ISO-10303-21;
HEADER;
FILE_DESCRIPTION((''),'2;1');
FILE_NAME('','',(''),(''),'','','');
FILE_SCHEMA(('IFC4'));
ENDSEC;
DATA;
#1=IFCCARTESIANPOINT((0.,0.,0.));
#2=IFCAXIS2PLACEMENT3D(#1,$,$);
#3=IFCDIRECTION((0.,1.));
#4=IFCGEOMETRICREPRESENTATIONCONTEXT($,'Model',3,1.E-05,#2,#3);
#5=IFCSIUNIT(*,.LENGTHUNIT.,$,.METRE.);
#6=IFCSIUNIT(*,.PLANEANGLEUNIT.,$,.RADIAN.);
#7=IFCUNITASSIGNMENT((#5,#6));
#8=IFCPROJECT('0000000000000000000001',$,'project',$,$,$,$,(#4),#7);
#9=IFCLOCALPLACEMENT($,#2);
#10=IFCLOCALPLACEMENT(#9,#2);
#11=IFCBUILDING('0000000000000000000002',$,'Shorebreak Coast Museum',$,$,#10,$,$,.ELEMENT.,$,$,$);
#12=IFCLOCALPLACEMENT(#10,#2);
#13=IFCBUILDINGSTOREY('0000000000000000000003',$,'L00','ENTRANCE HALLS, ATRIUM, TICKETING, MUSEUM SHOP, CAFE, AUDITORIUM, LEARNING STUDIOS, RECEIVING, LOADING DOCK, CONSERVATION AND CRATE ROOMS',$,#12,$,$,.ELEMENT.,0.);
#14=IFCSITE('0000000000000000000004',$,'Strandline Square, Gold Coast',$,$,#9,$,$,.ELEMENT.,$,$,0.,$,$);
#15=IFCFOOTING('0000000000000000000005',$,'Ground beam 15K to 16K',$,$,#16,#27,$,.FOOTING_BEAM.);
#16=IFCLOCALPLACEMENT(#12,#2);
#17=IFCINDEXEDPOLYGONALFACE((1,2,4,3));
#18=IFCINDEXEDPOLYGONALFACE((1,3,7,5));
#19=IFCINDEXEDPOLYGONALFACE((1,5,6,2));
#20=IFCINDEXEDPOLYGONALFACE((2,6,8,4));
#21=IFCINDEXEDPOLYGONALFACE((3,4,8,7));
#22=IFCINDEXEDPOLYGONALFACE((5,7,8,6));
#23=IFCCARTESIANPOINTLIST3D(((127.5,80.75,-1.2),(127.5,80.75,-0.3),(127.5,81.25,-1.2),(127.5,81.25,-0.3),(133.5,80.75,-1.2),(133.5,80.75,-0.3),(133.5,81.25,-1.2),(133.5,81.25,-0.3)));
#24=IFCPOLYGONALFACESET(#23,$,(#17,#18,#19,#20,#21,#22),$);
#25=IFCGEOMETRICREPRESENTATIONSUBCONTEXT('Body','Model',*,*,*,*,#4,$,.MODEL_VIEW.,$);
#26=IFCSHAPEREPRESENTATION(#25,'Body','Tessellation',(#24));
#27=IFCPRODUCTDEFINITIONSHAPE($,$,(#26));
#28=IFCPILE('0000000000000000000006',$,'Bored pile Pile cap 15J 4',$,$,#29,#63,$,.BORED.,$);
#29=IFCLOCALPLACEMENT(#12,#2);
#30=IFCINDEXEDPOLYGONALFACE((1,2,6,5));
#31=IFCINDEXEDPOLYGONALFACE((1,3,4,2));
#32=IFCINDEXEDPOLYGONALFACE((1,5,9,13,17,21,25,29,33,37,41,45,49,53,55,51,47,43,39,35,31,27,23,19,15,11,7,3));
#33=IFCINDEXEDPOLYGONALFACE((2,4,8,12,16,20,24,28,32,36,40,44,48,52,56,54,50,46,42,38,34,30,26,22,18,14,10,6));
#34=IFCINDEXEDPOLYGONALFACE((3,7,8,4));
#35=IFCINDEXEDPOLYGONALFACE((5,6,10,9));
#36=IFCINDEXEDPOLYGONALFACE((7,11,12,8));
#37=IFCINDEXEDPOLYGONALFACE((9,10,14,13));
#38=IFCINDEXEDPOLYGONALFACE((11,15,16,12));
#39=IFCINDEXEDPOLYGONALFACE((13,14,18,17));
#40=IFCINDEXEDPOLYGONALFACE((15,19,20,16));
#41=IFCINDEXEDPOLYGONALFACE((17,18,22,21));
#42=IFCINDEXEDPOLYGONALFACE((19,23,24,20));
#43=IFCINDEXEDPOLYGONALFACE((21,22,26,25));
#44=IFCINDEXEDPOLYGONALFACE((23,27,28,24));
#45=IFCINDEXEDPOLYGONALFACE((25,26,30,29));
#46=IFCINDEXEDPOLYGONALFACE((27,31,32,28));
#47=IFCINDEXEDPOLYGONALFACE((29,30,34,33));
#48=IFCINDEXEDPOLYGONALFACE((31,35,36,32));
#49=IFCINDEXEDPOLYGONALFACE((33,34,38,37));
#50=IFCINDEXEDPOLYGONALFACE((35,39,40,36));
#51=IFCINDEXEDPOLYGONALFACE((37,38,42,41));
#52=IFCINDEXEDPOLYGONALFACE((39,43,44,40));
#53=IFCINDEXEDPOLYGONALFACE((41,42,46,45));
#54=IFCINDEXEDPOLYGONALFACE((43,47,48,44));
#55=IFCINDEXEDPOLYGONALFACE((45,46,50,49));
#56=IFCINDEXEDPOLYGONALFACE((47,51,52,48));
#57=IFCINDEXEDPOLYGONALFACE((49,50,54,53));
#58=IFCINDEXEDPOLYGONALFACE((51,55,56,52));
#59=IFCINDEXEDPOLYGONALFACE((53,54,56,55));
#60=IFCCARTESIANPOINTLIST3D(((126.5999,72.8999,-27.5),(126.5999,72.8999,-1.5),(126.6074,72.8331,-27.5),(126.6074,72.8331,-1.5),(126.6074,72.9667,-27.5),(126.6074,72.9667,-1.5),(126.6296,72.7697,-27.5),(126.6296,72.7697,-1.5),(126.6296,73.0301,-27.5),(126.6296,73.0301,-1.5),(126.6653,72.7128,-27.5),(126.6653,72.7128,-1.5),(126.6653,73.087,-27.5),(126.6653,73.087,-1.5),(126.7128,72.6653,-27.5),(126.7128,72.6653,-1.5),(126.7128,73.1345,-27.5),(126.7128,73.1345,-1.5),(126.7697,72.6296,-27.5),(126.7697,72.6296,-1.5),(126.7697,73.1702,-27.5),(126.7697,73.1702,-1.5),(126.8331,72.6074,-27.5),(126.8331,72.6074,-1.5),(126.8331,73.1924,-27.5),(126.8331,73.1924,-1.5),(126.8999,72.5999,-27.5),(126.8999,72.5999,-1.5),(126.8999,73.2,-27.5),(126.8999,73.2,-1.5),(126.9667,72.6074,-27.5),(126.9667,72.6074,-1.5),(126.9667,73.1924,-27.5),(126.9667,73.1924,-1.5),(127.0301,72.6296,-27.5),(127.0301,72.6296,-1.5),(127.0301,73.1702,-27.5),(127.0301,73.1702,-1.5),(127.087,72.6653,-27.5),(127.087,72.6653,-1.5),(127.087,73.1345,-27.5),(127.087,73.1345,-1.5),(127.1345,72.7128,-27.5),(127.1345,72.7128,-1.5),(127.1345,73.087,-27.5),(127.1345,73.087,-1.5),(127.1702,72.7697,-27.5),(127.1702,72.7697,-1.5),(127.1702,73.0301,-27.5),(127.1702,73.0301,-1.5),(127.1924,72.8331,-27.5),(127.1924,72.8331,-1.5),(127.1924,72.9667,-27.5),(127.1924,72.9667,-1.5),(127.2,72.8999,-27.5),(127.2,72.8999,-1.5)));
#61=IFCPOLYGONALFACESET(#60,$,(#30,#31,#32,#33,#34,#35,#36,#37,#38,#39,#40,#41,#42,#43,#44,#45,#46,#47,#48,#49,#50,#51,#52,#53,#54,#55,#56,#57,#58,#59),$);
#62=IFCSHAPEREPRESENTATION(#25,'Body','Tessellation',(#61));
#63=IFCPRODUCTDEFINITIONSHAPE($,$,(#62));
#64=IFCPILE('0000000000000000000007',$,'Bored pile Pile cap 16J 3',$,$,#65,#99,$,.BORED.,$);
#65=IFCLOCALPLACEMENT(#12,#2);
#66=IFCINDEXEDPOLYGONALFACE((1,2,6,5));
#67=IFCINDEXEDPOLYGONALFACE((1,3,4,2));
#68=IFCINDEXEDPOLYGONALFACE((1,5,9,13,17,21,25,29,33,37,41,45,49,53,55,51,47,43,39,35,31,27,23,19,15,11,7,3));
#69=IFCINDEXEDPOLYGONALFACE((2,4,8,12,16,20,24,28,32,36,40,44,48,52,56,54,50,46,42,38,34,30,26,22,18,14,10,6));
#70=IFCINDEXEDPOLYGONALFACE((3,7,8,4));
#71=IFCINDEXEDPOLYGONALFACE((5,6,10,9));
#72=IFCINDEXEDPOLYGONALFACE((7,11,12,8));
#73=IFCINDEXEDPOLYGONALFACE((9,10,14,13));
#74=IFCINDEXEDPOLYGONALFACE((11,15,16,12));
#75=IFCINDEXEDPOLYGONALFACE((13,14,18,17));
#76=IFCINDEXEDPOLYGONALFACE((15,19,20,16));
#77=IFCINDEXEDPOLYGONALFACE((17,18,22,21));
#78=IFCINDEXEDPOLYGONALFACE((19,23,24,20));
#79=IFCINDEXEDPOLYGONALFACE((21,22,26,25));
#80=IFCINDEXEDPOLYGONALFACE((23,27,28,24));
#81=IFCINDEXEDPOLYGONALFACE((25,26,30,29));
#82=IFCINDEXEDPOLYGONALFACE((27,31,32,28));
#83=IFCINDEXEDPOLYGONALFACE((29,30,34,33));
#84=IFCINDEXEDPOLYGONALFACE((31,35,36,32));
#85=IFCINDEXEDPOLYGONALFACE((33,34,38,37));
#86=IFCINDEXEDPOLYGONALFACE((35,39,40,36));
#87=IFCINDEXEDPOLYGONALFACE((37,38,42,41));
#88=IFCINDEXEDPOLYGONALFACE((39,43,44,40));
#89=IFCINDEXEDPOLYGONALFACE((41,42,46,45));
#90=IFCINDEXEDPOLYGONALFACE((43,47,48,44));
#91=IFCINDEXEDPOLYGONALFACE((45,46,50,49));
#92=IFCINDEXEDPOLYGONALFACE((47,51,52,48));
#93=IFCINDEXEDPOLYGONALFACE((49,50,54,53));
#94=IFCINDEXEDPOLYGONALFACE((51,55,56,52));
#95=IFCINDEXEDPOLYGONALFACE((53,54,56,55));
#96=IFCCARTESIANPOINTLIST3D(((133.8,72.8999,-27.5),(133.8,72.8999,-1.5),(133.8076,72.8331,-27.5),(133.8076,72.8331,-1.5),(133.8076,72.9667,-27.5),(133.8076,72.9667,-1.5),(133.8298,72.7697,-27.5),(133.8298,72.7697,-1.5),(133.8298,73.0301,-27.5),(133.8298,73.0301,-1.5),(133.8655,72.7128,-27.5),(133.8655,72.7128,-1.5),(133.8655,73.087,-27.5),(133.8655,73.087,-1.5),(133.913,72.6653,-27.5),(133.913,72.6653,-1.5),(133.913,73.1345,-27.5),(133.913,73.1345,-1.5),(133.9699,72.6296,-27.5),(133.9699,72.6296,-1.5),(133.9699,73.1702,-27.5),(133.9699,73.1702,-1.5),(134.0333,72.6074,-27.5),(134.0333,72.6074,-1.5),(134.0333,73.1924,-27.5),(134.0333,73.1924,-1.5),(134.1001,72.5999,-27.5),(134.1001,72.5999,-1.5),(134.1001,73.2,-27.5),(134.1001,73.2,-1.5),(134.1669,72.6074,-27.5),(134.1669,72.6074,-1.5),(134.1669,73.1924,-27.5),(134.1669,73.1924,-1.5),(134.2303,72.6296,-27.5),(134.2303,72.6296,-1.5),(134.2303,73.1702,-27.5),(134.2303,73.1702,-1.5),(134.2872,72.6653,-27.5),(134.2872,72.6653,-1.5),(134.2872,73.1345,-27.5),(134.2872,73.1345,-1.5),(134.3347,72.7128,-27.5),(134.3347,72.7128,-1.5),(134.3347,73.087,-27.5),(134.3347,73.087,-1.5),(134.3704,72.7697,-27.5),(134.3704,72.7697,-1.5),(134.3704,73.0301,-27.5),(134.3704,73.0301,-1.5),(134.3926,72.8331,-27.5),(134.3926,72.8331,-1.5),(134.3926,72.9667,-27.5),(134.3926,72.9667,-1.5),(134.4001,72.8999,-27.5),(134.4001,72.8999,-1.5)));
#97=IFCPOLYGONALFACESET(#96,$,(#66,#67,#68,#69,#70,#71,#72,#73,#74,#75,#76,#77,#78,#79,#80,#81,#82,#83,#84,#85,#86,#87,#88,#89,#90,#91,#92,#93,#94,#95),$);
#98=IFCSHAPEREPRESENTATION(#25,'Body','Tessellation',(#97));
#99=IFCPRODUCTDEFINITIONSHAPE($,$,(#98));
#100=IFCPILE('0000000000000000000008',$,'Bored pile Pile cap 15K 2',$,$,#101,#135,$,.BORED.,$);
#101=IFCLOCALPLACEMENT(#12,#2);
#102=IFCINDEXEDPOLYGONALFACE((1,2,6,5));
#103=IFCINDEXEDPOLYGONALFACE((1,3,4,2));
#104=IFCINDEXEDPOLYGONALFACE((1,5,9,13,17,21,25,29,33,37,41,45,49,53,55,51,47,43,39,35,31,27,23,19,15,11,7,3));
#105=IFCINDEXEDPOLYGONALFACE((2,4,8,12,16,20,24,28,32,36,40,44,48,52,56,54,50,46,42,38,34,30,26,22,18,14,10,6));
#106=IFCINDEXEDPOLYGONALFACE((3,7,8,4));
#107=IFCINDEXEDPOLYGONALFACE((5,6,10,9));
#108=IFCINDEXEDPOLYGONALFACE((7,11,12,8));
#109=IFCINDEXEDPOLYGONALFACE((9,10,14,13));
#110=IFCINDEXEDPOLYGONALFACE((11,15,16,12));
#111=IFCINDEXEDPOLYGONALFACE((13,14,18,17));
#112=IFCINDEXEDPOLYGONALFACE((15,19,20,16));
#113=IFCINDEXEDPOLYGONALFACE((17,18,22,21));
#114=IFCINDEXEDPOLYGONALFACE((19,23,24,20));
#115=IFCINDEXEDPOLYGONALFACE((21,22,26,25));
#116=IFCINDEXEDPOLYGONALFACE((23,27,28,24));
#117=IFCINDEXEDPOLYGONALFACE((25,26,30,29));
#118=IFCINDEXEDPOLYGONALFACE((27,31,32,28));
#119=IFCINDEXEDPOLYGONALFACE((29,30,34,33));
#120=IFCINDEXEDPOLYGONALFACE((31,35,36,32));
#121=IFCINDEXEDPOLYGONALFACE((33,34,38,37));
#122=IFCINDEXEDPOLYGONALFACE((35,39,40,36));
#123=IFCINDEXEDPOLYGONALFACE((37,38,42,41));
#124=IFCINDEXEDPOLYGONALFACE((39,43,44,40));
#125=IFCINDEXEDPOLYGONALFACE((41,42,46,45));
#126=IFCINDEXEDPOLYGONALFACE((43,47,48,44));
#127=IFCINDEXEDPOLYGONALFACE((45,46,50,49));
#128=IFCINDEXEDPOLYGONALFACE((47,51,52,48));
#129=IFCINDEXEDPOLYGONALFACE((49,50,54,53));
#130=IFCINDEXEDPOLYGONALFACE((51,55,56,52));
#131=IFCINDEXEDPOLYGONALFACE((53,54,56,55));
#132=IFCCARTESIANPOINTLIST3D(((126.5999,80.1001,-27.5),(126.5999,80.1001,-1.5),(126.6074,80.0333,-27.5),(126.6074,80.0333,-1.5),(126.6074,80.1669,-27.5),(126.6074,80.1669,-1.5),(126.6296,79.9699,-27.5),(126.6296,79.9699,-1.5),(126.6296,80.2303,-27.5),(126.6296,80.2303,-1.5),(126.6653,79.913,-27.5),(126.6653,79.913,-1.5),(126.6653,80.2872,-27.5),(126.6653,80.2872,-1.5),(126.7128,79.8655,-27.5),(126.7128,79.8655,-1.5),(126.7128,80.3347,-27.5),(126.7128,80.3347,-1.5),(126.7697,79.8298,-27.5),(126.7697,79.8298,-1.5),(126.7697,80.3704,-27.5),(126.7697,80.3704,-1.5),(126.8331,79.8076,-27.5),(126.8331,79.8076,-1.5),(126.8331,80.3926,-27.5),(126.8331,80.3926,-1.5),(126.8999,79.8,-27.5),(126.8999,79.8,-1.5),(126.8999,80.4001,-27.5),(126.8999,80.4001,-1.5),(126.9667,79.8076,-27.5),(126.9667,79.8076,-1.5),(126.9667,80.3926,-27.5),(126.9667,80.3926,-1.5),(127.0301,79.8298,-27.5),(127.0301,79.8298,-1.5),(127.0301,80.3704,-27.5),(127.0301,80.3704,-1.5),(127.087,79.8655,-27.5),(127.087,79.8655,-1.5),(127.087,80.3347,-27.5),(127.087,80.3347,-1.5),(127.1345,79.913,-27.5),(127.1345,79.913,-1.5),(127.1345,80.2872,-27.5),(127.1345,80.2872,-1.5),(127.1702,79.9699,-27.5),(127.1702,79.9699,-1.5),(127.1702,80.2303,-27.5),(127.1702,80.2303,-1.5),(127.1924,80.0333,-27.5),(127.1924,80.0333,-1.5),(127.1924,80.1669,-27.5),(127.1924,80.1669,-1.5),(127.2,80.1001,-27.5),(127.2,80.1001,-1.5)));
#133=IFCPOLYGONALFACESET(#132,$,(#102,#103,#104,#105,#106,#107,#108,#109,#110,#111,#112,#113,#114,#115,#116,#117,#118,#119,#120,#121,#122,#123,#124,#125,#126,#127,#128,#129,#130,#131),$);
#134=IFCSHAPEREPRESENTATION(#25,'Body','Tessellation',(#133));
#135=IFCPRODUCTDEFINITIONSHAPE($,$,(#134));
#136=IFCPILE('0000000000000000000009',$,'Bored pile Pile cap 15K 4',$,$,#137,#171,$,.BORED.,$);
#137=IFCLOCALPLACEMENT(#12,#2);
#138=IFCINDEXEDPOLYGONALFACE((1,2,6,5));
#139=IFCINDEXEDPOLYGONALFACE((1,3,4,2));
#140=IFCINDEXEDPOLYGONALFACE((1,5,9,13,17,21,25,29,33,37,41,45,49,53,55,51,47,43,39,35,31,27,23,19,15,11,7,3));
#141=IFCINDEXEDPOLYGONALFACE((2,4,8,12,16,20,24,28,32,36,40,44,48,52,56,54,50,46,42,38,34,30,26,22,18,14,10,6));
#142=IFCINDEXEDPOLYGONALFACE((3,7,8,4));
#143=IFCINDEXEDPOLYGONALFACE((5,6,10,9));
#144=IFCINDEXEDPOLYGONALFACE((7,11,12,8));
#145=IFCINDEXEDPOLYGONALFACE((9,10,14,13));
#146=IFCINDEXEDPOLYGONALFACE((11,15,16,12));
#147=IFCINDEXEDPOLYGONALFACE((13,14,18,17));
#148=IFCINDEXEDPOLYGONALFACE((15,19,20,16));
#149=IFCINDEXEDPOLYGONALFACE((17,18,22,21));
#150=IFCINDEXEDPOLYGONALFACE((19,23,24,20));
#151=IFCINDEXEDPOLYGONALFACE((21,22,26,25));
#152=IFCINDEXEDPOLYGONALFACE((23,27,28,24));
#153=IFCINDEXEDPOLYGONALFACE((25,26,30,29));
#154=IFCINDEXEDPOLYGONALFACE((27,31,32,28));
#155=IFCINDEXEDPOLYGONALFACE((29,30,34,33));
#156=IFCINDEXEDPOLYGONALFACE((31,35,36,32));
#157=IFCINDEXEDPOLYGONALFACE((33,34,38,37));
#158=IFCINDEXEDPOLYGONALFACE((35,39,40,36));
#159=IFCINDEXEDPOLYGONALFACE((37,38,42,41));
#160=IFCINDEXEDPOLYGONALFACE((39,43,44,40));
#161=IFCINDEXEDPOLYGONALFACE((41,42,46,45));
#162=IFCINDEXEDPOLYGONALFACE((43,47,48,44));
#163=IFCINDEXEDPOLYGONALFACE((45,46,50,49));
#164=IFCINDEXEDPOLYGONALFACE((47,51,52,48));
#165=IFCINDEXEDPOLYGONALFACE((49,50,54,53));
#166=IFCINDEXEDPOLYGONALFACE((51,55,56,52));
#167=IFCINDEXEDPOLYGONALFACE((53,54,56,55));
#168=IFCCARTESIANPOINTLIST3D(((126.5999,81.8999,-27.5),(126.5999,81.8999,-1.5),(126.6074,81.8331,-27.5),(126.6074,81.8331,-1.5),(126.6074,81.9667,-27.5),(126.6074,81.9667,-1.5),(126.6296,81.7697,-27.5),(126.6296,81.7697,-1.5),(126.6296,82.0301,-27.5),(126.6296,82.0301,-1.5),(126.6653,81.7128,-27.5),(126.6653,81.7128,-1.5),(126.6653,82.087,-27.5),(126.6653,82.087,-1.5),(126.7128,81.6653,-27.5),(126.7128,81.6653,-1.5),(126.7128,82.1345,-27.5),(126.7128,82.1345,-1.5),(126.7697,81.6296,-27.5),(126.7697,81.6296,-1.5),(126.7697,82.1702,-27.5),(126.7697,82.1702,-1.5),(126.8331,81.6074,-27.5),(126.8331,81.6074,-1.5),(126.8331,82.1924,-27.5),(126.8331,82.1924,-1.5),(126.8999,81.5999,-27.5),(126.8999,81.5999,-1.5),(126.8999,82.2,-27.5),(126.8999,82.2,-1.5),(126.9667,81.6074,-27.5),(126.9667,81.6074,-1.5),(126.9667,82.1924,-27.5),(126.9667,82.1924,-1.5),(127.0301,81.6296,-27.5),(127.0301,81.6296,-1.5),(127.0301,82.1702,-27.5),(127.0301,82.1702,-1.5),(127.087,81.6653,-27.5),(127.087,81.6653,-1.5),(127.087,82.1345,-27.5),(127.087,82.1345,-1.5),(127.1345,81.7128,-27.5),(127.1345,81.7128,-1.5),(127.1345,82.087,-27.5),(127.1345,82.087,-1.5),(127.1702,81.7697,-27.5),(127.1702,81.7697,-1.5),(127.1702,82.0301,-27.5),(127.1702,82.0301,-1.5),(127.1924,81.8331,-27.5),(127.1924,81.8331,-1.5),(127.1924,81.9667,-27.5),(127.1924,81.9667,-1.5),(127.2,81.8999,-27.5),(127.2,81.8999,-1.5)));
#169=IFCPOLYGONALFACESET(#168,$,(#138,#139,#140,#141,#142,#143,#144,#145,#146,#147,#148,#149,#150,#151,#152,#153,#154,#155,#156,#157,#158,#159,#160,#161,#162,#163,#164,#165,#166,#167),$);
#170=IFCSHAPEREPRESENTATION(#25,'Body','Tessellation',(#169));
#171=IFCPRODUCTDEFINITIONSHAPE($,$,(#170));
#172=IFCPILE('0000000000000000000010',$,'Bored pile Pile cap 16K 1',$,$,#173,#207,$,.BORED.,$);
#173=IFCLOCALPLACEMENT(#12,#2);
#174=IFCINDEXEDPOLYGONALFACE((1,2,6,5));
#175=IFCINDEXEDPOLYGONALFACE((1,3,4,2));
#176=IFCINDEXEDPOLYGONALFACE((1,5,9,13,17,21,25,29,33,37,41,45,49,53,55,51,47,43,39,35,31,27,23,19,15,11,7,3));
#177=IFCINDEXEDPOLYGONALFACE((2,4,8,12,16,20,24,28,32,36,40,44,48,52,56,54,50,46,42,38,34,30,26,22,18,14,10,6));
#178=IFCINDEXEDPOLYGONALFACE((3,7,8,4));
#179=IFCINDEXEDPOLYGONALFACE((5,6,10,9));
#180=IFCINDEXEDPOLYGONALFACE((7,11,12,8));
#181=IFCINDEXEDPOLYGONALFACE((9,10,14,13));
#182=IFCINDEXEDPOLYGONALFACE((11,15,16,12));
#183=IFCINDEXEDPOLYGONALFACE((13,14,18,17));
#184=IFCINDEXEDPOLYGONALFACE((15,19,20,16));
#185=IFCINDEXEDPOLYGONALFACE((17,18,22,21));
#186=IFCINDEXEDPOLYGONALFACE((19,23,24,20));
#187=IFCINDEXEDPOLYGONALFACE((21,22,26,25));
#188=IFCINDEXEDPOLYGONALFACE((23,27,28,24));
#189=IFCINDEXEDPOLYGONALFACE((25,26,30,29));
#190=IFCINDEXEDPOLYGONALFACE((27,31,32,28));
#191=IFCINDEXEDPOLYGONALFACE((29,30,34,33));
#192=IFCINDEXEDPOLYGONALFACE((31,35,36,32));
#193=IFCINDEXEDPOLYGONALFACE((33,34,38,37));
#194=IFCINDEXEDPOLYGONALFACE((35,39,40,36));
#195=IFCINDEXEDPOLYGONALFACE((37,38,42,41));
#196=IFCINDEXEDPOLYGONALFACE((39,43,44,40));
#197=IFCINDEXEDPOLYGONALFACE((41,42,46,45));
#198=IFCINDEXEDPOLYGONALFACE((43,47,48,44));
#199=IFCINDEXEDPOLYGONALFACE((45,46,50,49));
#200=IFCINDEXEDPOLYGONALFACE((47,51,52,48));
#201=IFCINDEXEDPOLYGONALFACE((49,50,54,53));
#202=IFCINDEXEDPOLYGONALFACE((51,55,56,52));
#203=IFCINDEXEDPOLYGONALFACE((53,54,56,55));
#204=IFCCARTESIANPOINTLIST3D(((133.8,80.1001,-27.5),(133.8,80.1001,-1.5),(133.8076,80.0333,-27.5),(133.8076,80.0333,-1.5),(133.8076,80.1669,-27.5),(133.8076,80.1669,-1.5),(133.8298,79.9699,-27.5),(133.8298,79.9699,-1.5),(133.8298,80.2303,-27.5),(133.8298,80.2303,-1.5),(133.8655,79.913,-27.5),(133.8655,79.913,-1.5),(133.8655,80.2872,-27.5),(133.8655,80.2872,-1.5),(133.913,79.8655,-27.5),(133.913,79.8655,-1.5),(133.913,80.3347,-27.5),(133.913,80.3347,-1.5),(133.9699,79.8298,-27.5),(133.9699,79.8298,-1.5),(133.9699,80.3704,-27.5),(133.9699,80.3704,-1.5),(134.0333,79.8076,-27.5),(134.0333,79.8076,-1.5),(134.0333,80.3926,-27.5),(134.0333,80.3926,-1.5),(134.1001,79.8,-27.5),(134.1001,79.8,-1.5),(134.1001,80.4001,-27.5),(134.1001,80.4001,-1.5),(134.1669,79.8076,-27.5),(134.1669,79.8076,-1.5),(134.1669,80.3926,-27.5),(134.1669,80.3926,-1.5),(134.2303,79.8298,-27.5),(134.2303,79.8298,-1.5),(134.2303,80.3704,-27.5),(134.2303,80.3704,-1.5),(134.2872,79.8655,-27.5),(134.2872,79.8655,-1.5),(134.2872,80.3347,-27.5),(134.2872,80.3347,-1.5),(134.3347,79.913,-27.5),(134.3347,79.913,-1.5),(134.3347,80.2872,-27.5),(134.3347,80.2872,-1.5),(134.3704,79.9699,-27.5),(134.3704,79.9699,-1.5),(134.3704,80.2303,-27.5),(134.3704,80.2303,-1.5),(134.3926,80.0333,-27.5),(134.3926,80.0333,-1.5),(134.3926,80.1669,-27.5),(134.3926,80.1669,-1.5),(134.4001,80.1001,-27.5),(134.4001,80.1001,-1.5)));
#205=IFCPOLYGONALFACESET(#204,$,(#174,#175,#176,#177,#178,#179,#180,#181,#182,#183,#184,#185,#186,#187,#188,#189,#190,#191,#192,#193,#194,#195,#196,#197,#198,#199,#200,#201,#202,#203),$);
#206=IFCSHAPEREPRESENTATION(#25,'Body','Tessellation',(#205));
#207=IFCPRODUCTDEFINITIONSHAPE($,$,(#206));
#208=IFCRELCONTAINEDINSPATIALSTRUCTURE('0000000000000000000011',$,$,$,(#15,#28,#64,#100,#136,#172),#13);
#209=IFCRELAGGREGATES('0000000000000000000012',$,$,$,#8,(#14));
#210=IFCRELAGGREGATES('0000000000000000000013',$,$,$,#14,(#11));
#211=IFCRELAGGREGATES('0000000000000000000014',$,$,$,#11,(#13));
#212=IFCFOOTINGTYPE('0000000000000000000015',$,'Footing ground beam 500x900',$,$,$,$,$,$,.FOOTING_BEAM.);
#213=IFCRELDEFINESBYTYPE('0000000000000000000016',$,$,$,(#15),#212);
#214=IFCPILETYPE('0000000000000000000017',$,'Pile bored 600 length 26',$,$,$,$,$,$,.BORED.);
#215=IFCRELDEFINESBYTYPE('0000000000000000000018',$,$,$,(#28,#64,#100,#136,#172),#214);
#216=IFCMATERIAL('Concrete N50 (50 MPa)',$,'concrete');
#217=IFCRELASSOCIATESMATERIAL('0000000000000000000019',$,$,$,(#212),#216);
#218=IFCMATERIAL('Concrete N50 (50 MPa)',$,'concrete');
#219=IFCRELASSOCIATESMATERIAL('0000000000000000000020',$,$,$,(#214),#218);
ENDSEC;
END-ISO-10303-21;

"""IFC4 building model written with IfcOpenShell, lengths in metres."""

from ifc_helpers import new_model, si_unit, direction, frame, origin, origin_2d, place, context, subcontext, project, spatial, rectangle, circle, extrude, material, material_profile, profile_set, type_object, element, save


model = new_model("IFC4")

# Units and contexts
model_context = context("Model", 3, precision=1e-05, world=origin(), true_north=direction((0.0, 1.0)))
body_context = subcontext(model_context, "Body", "Model", "MODEL_VIEW")
ifc_project = project(units=[si_unit("LENGTHUNIT", "METRE"), si_unit("PLANEANGLEUNIT", "RADIAN")], contexts=[model_context])

# Site, building, storey
site_placement = place(None, origin())
site = spatial("IfcSite", under=ifc_project, at=site_placement, Name="Strandline Square, Gold Coast", CompositionType="ELEMENT", RefElevation=0.0)
building_placement = place(site_placement, origin())
building = spatial("IfcBuilding", under=site, at=building_placement, Name="Shorebreak Coast Museum", CompositionType="ELEMENT")
storey_placement = place(building_placement, origin())
storey = spatial("IfcBuildingStorey", under=building, at=storey_placement, Name="L00", Description="ENTRANCE HALLS, ATRIUM, TICKETING, MUSEUM SHOP, CAFE, AUDITORIUM, LEARNING STUDIOS, RECEIVING, LOADING DOCK, CONSERVATION AND CRATE ROOMS", CompositionType="ELEMENT", Elevation=0.0)

# Footing
ifc_material_1 = material(Name="Concrete N50 (50 MPa)", Category="concrete")
footing_type = type_object("IfcFootingType", Name="Footing ground beam 500x900", PredefinedType="FOOTING_BEAM", material=ifc_material_1)
footing_placement = place(storey_placement, frame((130.5, 81.0, -1.2), z_axis=(0.0, 0.0, 1.0), x_axis=(1.0, 0.0, 0.0)))
element("IfcFooting", 1, at=footing_placement, inside=storey, type_object=footing_type, Name="Ground beam 15K to 16K", PredefinedType="FOOTING_BEAM", context=body_context, shape_type="SweptSolid", body=[
    extrude(rectangle(XDim=6.0, YDim=0.5, at=origin_2d()), origin(), (0.0, 0.0, 1.0), 0.8999),
])

# Piles
ifc_material_2 = material(Name="Concrete N50 (50 MPa)", Category="concrete")
ifc_material_profile_1 = material_profile(ifc_material_2, circle(Radius=0.3, at=origin_2d()), Name="Pile bored 600 length 26")
ifc_profile_set_1 = profile_set([ifc_material_profile_1], Name="Concrete N50 (50 MPa)")
pile_type = type_object("IfcPileType", Name="Pile bored 600 length 26", PredefinedType="BORED", material=ifc_profile_set_1)
for number, where, z_axis, x_axis, name in (
    (2, (126.8999, 72.8999, -1.5), (0.0, 0.0, -1.0), (1.0, 0.0, 0.0), "Bored pile Pile cap 15J 4"),
    (3, (134.1001, 72.8999, -1.5), (0.0, 0.0, -1.0), (1.0, 0.0, 0.0), "Bored pile Pile cap 16J 3"),
    (4, (126.8999, 80.1001, -1.5), (0.0, 0.0, -1.0), (1.0, 0.0, 0.0), "Bored pile Pile cap 15K 2"),
    (5, (126.8999, 81.8999, -1.5), (0.0, 0.0, -1.0), (1.0, 0.0, 0.0), "Bored pile Pile cap 15K 4"),
    (6, (134.1001, 80.1001, -1.5), (0.0, 0.0, -1.0), (1.0, 0.0, 0.0), "Bored pile Pile cap 16K 1"),
):
    element("IfcPile", number, at=place(storey_placement, frame(where, z_axis=z_axis, x_axis=x_axis)), inside=storey, type_object=pile_type, Name=name, PredefinedType="BORED", context=body_context, shape_type="SweptSolid", body=[
        extrude(circle(Radius=0.3, at=origin_2d()), origin(), (0.0, 0.0, 1.0), 26.0),
    ])

save(model, "model.ifc")
